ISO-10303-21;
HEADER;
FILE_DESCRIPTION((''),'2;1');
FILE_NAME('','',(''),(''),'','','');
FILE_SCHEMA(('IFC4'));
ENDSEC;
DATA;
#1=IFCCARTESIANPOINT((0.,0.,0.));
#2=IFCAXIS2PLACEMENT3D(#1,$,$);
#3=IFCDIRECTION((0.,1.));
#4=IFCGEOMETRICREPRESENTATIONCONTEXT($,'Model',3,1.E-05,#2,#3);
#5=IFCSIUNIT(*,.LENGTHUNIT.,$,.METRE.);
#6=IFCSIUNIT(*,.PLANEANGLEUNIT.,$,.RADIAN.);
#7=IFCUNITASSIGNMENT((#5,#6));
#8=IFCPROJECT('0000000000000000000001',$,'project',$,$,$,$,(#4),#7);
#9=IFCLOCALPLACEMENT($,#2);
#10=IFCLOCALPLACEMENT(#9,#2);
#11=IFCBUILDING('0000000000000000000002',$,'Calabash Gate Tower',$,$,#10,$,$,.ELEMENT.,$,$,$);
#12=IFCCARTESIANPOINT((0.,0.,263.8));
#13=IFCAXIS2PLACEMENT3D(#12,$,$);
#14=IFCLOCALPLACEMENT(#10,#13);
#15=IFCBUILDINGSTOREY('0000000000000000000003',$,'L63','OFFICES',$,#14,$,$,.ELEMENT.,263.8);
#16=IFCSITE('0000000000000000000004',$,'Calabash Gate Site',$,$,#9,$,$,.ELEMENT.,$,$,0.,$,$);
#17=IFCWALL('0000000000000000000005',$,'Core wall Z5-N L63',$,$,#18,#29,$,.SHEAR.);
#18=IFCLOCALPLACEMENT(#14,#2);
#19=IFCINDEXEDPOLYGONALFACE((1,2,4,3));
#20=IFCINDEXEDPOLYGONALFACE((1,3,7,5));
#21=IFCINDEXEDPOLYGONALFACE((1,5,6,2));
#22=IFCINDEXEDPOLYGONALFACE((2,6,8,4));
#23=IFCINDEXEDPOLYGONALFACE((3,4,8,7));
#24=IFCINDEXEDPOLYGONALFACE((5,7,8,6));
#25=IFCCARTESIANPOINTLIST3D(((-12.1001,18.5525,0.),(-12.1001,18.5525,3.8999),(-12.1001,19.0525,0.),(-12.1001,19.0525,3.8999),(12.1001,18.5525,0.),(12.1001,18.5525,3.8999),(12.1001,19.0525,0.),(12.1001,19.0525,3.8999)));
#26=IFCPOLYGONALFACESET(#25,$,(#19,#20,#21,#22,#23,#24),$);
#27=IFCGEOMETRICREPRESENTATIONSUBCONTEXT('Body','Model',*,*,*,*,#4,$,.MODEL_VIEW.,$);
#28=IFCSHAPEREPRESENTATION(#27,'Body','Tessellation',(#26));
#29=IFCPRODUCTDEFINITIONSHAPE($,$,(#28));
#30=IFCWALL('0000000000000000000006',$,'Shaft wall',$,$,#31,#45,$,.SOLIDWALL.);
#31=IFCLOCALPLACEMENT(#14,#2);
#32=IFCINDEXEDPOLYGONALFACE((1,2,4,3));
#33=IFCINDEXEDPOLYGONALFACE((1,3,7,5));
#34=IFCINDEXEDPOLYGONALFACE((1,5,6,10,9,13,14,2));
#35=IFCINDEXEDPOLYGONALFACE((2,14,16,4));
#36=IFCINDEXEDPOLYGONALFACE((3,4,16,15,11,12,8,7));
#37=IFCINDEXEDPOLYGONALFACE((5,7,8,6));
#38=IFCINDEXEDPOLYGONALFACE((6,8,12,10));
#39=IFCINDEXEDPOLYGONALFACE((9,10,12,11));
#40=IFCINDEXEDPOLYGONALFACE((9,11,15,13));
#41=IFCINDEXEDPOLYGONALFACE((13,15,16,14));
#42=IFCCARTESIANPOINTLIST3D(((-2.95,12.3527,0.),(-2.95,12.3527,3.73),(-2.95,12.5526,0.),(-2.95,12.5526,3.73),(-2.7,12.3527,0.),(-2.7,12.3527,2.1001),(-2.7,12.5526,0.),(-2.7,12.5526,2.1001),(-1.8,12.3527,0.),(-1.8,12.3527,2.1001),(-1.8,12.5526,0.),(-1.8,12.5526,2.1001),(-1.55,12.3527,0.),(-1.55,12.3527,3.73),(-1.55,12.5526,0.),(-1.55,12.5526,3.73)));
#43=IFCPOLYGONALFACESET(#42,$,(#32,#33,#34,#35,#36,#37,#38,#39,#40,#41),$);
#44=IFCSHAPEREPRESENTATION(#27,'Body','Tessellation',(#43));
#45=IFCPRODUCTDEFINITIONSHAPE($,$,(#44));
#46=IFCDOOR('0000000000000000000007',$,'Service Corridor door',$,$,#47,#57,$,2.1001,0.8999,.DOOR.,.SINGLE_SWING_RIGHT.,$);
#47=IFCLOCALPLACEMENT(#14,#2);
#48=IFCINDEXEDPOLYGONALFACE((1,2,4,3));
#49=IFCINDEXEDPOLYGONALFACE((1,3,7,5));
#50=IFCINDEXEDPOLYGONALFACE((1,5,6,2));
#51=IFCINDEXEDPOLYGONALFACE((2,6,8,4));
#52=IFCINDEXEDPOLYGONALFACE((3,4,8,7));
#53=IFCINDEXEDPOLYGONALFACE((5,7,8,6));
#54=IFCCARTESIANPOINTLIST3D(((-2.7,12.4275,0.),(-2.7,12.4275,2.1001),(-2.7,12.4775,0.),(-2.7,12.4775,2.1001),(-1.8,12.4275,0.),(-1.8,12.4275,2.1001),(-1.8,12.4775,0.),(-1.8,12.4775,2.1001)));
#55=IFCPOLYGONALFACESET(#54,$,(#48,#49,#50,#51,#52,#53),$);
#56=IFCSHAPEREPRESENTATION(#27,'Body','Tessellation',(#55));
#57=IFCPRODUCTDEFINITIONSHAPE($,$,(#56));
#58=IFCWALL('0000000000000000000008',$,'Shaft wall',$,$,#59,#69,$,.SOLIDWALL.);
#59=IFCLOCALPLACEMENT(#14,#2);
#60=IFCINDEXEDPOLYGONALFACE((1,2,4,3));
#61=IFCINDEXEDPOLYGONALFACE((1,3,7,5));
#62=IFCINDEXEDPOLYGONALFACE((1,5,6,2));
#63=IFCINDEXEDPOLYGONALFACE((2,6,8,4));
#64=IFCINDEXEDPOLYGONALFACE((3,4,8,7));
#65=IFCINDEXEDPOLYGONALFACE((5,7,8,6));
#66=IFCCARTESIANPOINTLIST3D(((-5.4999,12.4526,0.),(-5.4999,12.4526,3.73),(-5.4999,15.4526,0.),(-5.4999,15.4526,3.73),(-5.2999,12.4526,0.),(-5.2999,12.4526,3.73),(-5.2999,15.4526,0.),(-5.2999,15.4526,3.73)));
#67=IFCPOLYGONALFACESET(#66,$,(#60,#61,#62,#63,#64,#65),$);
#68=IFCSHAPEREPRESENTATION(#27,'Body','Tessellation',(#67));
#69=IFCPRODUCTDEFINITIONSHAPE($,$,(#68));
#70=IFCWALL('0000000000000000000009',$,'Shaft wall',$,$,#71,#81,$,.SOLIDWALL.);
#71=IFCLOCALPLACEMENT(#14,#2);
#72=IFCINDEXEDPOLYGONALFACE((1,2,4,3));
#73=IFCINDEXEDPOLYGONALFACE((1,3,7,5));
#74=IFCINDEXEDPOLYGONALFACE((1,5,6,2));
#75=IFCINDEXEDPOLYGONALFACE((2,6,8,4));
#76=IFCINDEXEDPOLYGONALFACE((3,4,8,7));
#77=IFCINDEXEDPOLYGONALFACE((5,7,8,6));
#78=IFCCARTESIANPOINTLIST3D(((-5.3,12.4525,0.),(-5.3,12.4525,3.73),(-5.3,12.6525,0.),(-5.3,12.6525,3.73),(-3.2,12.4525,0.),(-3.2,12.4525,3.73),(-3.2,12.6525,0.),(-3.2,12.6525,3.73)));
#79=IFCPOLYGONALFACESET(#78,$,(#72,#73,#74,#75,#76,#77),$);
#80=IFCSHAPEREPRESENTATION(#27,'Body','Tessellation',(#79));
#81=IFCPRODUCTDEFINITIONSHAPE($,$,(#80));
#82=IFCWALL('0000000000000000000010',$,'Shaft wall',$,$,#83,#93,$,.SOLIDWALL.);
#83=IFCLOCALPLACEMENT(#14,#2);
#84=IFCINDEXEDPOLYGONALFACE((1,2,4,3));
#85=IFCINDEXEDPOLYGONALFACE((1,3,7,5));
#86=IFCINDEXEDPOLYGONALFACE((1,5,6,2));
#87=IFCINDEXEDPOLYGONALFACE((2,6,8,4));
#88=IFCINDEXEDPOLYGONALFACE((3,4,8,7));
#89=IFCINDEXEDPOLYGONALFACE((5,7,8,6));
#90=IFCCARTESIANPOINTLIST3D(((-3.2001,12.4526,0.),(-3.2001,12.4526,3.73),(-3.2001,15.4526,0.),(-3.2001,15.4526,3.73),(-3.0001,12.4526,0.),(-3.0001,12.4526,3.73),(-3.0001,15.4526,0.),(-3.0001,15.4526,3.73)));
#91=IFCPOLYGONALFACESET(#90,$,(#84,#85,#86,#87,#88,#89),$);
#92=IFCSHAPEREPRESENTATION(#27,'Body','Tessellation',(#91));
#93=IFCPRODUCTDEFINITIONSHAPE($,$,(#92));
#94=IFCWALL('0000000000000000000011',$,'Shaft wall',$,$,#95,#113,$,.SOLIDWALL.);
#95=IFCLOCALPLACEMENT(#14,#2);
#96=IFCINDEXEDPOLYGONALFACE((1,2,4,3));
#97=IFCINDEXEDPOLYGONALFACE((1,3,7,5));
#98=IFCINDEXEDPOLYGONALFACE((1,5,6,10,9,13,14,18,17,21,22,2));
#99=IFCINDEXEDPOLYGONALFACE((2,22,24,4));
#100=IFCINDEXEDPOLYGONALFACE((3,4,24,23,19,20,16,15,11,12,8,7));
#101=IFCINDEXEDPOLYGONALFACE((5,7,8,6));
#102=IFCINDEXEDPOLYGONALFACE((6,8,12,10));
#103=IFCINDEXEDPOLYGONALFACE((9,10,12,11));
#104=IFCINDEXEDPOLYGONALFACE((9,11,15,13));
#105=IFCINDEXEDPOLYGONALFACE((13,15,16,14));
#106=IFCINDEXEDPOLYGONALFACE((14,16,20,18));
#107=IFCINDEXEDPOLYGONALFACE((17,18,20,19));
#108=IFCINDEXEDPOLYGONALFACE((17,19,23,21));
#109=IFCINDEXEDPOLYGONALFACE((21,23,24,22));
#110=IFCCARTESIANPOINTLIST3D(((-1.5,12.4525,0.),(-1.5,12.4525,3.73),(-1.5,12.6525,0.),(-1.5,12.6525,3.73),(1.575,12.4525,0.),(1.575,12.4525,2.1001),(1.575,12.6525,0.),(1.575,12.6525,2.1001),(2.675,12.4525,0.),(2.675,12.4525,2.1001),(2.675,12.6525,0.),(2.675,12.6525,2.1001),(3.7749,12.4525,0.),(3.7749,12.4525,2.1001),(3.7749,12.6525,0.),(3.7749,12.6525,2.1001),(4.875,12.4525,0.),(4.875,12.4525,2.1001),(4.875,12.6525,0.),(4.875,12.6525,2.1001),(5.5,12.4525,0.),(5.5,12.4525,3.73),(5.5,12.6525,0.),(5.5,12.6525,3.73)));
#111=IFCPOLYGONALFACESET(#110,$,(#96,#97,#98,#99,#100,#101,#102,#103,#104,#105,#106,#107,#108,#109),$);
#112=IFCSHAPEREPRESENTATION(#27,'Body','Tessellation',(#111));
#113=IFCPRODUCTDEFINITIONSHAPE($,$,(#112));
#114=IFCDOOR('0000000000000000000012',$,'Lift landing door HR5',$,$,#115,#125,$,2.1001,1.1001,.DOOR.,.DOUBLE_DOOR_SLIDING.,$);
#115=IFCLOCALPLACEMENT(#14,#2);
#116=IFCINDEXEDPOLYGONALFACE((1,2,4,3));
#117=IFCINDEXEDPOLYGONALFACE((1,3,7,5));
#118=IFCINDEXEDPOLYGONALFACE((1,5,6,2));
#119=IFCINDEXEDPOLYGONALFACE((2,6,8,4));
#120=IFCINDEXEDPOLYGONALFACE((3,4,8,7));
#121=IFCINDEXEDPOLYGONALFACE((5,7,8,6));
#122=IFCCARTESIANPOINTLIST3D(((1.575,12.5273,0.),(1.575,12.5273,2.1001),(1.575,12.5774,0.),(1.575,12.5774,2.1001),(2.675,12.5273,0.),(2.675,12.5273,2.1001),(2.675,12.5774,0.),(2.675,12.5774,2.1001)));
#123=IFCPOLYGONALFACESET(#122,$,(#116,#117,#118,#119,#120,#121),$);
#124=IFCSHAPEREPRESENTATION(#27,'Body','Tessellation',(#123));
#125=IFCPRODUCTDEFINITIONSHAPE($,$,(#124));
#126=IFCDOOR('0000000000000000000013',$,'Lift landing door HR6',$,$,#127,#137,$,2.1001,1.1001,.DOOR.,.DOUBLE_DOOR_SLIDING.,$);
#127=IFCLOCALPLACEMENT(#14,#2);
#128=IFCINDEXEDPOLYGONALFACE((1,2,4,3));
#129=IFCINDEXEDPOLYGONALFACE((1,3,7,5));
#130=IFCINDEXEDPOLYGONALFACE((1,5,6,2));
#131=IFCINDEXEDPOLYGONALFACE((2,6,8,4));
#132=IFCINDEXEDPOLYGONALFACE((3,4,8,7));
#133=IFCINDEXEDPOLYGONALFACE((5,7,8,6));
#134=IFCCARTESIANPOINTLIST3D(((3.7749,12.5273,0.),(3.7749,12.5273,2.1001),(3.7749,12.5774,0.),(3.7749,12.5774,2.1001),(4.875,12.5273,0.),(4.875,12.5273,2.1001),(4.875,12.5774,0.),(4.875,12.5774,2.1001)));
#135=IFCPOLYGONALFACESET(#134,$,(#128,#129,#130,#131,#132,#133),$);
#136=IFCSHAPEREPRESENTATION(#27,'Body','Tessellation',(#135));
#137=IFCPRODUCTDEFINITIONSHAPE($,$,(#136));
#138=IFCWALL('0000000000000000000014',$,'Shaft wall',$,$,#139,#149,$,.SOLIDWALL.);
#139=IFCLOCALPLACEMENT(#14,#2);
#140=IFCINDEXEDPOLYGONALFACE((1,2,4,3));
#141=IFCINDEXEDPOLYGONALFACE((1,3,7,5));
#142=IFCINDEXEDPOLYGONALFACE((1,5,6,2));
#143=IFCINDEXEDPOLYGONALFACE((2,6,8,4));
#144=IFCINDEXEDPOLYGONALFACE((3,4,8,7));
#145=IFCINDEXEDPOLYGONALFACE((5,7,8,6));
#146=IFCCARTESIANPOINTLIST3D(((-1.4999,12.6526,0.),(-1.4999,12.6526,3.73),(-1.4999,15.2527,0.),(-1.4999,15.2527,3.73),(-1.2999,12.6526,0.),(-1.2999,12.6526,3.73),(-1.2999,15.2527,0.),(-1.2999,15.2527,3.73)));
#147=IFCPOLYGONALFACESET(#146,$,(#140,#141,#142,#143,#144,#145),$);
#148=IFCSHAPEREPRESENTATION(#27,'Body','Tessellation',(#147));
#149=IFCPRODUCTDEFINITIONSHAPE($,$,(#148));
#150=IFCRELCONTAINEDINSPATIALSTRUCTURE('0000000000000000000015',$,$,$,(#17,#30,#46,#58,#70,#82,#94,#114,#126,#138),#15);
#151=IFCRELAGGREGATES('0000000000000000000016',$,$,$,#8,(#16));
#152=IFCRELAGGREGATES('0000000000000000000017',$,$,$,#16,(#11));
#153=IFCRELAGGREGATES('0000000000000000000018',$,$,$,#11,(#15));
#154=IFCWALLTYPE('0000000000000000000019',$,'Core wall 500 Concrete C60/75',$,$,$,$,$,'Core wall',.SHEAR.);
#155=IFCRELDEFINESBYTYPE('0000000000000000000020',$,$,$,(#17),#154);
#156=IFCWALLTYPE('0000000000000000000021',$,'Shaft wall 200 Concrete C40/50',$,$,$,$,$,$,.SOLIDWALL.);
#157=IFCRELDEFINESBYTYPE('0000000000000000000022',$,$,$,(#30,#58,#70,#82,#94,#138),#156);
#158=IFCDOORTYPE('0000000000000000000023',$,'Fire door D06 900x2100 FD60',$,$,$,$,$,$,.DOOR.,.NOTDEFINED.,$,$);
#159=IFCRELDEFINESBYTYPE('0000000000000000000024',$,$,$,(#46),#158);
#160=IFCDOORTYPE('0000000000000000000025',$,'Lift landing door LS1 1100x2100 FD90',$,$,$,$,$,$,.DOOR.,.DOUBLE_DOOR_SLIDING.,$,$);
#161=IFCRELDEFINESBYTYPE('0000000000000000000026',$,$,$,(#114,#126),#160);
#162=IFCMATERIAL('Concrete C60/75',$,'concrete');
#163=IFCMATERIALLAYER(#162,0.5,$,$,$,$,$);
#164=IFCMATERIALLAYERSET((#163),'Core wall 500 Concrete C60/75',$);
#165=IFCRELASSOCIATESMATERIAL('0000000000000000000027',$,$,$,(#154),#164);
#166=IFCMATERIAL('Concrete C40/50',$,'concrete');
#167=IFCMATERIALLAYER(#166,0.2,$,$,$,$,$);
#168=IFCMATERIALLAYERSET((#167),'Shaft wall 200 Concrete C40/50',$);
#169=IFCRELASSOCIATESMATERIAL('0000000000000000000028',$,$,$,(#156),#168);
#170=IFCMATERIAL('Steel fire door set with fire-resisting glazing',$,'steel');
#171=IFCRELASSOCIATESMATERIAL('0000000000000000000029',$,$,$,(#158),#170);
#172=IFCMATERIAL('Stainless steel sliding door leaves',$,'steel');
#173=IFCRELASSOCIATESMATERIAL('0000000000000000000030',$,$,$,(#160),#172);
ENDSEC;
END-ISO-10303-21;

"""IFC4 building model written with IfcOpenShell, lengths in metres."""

from ifc_helpers import new_model, si_unit, direction, frame, frame_2d, origin, place, context, subcontext, project, spatial, rectangle, extrude, material, layer, layer_set, type_object, element, fill, save


model = new_model("IFC4")

# Units and contexts
model_context = context("Model", 3, precision=1e-05, world=origin(), true_north=direction((0.0, 1.0)))
body_context = subcontext(model_context, "Body", "Model", "MODEL_VIEW")
ifc_project = project(units=[si_unit("LENGTHUNIT", "METRE"), si_unit("PLANEANGLEUNIT", "RADIAN")], contexts=[model_context])

# Site, building, storey
site_placement = place(None, origin())
site = spatial("IfcSite", under=ifc_project, at=site_placement, Name="Calabash Gate Site", CompositionType="ELEMENT", RefElevation=0.0)
building_placement = place(site_placement, origin())
building = spatial("IfcBuilding", under=site, at=building_placement, Name="Calabash Gate Tower", CompositionType="ELEMENT")
storey_placement = place(building_placement, frame((0.0, 0.0, 263.8)))
storey = spatial("IfcBuildingStorey", under=building, at=storey_placement, Name="L63", Description="OFFICES", CompositionType="ELEMENT", Elevation=263.8)

# Wall
ifc_material_1 = material(Name="Concrete C60/75", Category="concrete")
ifc_layer_1 = layer(ifc_material_1, 0.5)
ifc_layer_set_1 = layer_set([ifc_layer_1], Name="Core wall 500 Concrete C60/75")
wall_type_1 = type_object("IfcWallType", Name="Core wall 500 Concrete C60/75", ElementType="Core wall", PredefinedType="SHEAR", material=ifc_layer_set_1)
wall_1_placement = place(storey_placement, frame((-12.1001, 18.8025, 0.0), z_axis=(0.0, 0.0, 1.0), x_axis=(1.0, 0.0, 0.0)))
element("IfcWall", 1, at=wall_1_placement, inside=storey, type_object=wall_type_1, Name="Core wall Z5-N L63", PredefinedType="SHEAR", context=body_context, shape_type="SweptSolid", body=[
    extrude(rectangle(XDim=24.2002, YDim=0.5, at=frame_2d((12.1001, 0.0))), origin(), (0.0, 0.0, 1.0), 3.8999),
])

# Wall, opening, door
ifc_material_2 = material(Name="Concrete C40/50", Category="concrete")
ifc_layer_2 = layer(ifc_material_2, 0.2)
ifc_layer_set_2 = layer_set([ifc_layer_2], Name="Shaft wall 200 Concrete C40/50")
wall_type_2 = type_object("IfcWallType", Name="Shaft wall 200 Concrete C40/50", PredefinedType="SOLIDWALL", material=ifc_layer_set_2)
wall_2_placement = place(storey_placement, frame((-2.95, 12.4526, 0.0), z_axis=(0.0, 0.0, 1.0), x_axis=(1.0, 0.0, 0.0)))
wall_2 = element("IfcWall", 2, at=wall_2_placement, inside=storey, type_object=wall_type_2, Name="Shaft wall", PredefinedType="SOLIDWALL", context=body_context, shape_type="SweptSolid", body=[
    extrude(rectangle(XDim=1.3999, YDim=0.2, at=frame_2d((0.7, 0.0))), origin(), (0.0, 0.0, 1.0), 3.73),
])
opening_1_placement = place(wall_2_placement, frame((0.25, 0.0, 0.0)))
opening_1 = element("IfcOpeningElement", 3, at=opening_1_placement, cuts=wall_2, PredefinedType="OPENING", context=body_context, shape_type="SweptSolid", body=[
    extrude(rectangle(XDim=0.8999, YDim=2.1001, at=frame_2d((0.45, 1.05))), frame((0.0, 0.1099, 0.0), z_axis=(0.0, -1.0, 0.0), x_axis=(1.0, 0.0, 0.0)), (0.0, 0.0, 1.0), 0.22),
])
ifc_material_3 = material(Name="Steel fire door set with fire-resisting glazing", Category="steel")
door_type_1 = type_object("IfcDoorType", Name="Fire door D06 900x2100 FD60", OperationType="NOTDEFINED", PredefinedType="DOOR", material=ifc_material_3)
door_1_placement = place(opening_1_placement, origin())
door_1 = element("IfcDoor", 4, at=door_1_placement, inside=storey, type_object=door_type_1, Name="Service Corridor door", OperationType="SINGLE_SWING_RIGHT", OverallHeight=2.1001, OverallWidth=0.8999, PredefinedType="DOOR", context=body_context, shape_type="SweptSolid", body=[
    extrude(rectangle(XDim=0.8999, YDim=2.1001, at=frame_2d((0.45, 1.05))), frame((0.0, 0.0249, 0.0), z_axis=(0.0, -1.0, 0.0), x_axis=(1.0, 0.0, 0.0)), (0.0, 0.0, 1.0), 0.05),
])
fill(opening_1, door_1)

# Walls
wall_3_placement = place(storey_placement, frame((-5.3999, 12.4526, 0.0), z_axis=(0.0, 0.0, 1.0), x_axis=(0.0, 1.0, 0.0)))
element("IfcWall", 5, at=wall_3_placement, inside=storey, type_object=wall_type_2, Name="Shaft wall", PredefinedType="SOLIDWALL", context=body_context, shape_type="SweptSolid", body=[
    extrude(rectangle(XDim=3.0, YDim=0.2, at=frame_2d((1.5, 0.0))), origin(), (0.0, 0.0, 1.0), 3.73),
])
wall_4_placement = place(storey_placement, frame((-5.3, 12.5525, 0.0), z_axis=(0.0, 0.0, 1.0), x_axis=(1.0, 0.0, 0.0)))
element("IfcWall", 6, at=wall_4_placement, inside=storey, type_object=wall_type_2, Name="Shaft wall", PredefinedType="SOLIDWALL", context=body_context, shape_type="SweptSolid", body=[
    extrude(rectangle(XDim=2.1001, YDim=0.2, at=frame_2d((1.05, 0.0))), origin(), (0.0, 0.0, 1.0), 3.73),
])
wall_5_placement = place(storey_placement, frame((-3.1001, 12.4526, 0.0), z_axis=(0.0, 0.0, 1.0), x_axis=(0.0, 1.0, 0.0)))
element("IfcWall", 7, at=wall_5_placement, inside=storey, type_object=wall_type_2, Name="Shaft wall", PredefinedType="SOLIDWALL", context=body_context, shape_type="SweptSolid", body=[
    extrude(rectangle(XDim=3.0, YDim=0.2, at=frame_2d((1.5, 0.0))), origin(), (0.0, 0.0, 1.0), 3.73),
])

# Wall, openings, doors
wall_6_placement = place(storey_placement, frame((-1.5, 12.5525, 0.0), z_axis=(0.0, 0.0, 1.0), x_axis=(1.0, 0.0, 0.0)))
wall_6 = element("IfcWall", 8, at=wall_6_placement, inside=storey, type_object=wall_type_2, Name="Shaft wall", PredefinedType="SOLIDWALL", context=body_context, shape_type="SweptSolid", body=[
    extrude(rectangle(XDim=7.0, YDim=0.2, at=frame_2d((3.5, 0.0))), origin(), (0.0, 0.0, 1.0), 3.73),
])
opening_2_placement = place(wall_6_placement, frame((3.075, 0.0, 0.0)))
opening_2 = element("IfcOpeningElement", 9, at=opening_2_placement, cuts=wall_6, PredefinedType="OPENING", context=body_context, shape_type="SweptSolid", body=[
    extrude(rectangle(XDim=1.1001, YDim=2.1001, at=frame_2d((0.55, 1.05))), frame((0.0, 0.1099, 0.0), z_axis=(0.0, -1.0, 0.0), x_axis=(1.0, 0.0, 0.0)), (0.0, 0.0, 1.0), 0.22),
])
opening_3_placement = place(wall_6_placement, frame((5.2749, 0.0, 0.0)))
opening_3 = element("IfcOpeningElement", 10, at=opening_3_placement, cuts=wall_6, PredefinedType="OPENING", context=body_context, shape_type="SweptSolid", body=[
    extrude(rectangle(XDim=1.1001, YDim=2.1001, at=frame_2d((0.55, 1.05))), frame((0.0, 0.1099, 0.0), z_axis=(0.0, -1.0, 0.0), x_axis=(1.0, 0.0, 0.0)), (0.0, 0.0, 1.0), 0.22),
])
ifc_material_4 = material(Name="Stainless steel sliding door leaves", Category="steel")
door_type_2 = type_object("IfcDoorType", Name="Lift landing door LS1 1100x2100 FD90", OperationType="DOUBLE_DOOR_SLIDING", PredefinedType="DOOR", material=ifc_material_4)
door_2_placement = place(opening_2_placement, origin())
door_2 = element("IfcDoor", 11, at=door_2_placement, inside=storey, type_object=door_type_2, Name="Lift landing door HR5", OperationType="DOUBLE_DOOR_SLIDING", OverallHeight=2.1001, OverallWidth=1.1001, PredefinedType="DOOR", context=body_context, shape_type="SweptSolid", body=[
    extrude(rectangle(XDim=1.1001, YDim=2.1001, at=frame_2d((0.55, 1.05))), frame((0.0, 0.0249, 0.0), z_axis=(0.0, -1.0, 0.0), x_axis=(1.0, 0.0, 0.0)), (0.0, 0.0, 1.0), 0.05),
])
fill(opening_2, door_2)
door_3_placement = place(opening_3_placement, origin())
door_3 = element("IfcDoor", 12, at=door_3_placement, inside=storey, type_object=door_type_2, Name="Lift landing door HR6", OperationType="DOUBLE_DOOR_SLIDING", OverallHeight=2.1001, OverallWidth=1.1001, PredefinedType="DOOR", context=body_context, shape_type="SweptSolid", body=[
    extrude(rectangle(XDim=1.1001, YDim=2.1001, at=frame_2d((0.55, 1.05))), frame((0.0, 0.0249, 0.0), z_axis=(0.0, -1.0, 0.0), x_axis=(1.0, 0.0, 0.0)), (0.0, 0.0, 1.0), 0.05),
])
fill(opening_3, door_3)

# Wall
wall_7_placement = place(storey_placement, frame((-1.3999, 12.6526, 0.0), z_axis=(0.0, 0.0, 1.0), x_axis=(0.0, 1.0, 0.0)))
element("IfcWall", 13, at=wall_7_placement, inside=storey, type_object=wall_type_2, Name="Shaft wall", PredefinedType="SOLIDWALL", context=body_context, shape_type="SweptSolid", body=[
    extrude(rectangle(XDim=2.6001, YDim=0.2, at=frame_2d((1.3, 0.0))), origin(), (0.0, 0.0, 1.0), 3.73),
])

save(model, "model.ifc")
